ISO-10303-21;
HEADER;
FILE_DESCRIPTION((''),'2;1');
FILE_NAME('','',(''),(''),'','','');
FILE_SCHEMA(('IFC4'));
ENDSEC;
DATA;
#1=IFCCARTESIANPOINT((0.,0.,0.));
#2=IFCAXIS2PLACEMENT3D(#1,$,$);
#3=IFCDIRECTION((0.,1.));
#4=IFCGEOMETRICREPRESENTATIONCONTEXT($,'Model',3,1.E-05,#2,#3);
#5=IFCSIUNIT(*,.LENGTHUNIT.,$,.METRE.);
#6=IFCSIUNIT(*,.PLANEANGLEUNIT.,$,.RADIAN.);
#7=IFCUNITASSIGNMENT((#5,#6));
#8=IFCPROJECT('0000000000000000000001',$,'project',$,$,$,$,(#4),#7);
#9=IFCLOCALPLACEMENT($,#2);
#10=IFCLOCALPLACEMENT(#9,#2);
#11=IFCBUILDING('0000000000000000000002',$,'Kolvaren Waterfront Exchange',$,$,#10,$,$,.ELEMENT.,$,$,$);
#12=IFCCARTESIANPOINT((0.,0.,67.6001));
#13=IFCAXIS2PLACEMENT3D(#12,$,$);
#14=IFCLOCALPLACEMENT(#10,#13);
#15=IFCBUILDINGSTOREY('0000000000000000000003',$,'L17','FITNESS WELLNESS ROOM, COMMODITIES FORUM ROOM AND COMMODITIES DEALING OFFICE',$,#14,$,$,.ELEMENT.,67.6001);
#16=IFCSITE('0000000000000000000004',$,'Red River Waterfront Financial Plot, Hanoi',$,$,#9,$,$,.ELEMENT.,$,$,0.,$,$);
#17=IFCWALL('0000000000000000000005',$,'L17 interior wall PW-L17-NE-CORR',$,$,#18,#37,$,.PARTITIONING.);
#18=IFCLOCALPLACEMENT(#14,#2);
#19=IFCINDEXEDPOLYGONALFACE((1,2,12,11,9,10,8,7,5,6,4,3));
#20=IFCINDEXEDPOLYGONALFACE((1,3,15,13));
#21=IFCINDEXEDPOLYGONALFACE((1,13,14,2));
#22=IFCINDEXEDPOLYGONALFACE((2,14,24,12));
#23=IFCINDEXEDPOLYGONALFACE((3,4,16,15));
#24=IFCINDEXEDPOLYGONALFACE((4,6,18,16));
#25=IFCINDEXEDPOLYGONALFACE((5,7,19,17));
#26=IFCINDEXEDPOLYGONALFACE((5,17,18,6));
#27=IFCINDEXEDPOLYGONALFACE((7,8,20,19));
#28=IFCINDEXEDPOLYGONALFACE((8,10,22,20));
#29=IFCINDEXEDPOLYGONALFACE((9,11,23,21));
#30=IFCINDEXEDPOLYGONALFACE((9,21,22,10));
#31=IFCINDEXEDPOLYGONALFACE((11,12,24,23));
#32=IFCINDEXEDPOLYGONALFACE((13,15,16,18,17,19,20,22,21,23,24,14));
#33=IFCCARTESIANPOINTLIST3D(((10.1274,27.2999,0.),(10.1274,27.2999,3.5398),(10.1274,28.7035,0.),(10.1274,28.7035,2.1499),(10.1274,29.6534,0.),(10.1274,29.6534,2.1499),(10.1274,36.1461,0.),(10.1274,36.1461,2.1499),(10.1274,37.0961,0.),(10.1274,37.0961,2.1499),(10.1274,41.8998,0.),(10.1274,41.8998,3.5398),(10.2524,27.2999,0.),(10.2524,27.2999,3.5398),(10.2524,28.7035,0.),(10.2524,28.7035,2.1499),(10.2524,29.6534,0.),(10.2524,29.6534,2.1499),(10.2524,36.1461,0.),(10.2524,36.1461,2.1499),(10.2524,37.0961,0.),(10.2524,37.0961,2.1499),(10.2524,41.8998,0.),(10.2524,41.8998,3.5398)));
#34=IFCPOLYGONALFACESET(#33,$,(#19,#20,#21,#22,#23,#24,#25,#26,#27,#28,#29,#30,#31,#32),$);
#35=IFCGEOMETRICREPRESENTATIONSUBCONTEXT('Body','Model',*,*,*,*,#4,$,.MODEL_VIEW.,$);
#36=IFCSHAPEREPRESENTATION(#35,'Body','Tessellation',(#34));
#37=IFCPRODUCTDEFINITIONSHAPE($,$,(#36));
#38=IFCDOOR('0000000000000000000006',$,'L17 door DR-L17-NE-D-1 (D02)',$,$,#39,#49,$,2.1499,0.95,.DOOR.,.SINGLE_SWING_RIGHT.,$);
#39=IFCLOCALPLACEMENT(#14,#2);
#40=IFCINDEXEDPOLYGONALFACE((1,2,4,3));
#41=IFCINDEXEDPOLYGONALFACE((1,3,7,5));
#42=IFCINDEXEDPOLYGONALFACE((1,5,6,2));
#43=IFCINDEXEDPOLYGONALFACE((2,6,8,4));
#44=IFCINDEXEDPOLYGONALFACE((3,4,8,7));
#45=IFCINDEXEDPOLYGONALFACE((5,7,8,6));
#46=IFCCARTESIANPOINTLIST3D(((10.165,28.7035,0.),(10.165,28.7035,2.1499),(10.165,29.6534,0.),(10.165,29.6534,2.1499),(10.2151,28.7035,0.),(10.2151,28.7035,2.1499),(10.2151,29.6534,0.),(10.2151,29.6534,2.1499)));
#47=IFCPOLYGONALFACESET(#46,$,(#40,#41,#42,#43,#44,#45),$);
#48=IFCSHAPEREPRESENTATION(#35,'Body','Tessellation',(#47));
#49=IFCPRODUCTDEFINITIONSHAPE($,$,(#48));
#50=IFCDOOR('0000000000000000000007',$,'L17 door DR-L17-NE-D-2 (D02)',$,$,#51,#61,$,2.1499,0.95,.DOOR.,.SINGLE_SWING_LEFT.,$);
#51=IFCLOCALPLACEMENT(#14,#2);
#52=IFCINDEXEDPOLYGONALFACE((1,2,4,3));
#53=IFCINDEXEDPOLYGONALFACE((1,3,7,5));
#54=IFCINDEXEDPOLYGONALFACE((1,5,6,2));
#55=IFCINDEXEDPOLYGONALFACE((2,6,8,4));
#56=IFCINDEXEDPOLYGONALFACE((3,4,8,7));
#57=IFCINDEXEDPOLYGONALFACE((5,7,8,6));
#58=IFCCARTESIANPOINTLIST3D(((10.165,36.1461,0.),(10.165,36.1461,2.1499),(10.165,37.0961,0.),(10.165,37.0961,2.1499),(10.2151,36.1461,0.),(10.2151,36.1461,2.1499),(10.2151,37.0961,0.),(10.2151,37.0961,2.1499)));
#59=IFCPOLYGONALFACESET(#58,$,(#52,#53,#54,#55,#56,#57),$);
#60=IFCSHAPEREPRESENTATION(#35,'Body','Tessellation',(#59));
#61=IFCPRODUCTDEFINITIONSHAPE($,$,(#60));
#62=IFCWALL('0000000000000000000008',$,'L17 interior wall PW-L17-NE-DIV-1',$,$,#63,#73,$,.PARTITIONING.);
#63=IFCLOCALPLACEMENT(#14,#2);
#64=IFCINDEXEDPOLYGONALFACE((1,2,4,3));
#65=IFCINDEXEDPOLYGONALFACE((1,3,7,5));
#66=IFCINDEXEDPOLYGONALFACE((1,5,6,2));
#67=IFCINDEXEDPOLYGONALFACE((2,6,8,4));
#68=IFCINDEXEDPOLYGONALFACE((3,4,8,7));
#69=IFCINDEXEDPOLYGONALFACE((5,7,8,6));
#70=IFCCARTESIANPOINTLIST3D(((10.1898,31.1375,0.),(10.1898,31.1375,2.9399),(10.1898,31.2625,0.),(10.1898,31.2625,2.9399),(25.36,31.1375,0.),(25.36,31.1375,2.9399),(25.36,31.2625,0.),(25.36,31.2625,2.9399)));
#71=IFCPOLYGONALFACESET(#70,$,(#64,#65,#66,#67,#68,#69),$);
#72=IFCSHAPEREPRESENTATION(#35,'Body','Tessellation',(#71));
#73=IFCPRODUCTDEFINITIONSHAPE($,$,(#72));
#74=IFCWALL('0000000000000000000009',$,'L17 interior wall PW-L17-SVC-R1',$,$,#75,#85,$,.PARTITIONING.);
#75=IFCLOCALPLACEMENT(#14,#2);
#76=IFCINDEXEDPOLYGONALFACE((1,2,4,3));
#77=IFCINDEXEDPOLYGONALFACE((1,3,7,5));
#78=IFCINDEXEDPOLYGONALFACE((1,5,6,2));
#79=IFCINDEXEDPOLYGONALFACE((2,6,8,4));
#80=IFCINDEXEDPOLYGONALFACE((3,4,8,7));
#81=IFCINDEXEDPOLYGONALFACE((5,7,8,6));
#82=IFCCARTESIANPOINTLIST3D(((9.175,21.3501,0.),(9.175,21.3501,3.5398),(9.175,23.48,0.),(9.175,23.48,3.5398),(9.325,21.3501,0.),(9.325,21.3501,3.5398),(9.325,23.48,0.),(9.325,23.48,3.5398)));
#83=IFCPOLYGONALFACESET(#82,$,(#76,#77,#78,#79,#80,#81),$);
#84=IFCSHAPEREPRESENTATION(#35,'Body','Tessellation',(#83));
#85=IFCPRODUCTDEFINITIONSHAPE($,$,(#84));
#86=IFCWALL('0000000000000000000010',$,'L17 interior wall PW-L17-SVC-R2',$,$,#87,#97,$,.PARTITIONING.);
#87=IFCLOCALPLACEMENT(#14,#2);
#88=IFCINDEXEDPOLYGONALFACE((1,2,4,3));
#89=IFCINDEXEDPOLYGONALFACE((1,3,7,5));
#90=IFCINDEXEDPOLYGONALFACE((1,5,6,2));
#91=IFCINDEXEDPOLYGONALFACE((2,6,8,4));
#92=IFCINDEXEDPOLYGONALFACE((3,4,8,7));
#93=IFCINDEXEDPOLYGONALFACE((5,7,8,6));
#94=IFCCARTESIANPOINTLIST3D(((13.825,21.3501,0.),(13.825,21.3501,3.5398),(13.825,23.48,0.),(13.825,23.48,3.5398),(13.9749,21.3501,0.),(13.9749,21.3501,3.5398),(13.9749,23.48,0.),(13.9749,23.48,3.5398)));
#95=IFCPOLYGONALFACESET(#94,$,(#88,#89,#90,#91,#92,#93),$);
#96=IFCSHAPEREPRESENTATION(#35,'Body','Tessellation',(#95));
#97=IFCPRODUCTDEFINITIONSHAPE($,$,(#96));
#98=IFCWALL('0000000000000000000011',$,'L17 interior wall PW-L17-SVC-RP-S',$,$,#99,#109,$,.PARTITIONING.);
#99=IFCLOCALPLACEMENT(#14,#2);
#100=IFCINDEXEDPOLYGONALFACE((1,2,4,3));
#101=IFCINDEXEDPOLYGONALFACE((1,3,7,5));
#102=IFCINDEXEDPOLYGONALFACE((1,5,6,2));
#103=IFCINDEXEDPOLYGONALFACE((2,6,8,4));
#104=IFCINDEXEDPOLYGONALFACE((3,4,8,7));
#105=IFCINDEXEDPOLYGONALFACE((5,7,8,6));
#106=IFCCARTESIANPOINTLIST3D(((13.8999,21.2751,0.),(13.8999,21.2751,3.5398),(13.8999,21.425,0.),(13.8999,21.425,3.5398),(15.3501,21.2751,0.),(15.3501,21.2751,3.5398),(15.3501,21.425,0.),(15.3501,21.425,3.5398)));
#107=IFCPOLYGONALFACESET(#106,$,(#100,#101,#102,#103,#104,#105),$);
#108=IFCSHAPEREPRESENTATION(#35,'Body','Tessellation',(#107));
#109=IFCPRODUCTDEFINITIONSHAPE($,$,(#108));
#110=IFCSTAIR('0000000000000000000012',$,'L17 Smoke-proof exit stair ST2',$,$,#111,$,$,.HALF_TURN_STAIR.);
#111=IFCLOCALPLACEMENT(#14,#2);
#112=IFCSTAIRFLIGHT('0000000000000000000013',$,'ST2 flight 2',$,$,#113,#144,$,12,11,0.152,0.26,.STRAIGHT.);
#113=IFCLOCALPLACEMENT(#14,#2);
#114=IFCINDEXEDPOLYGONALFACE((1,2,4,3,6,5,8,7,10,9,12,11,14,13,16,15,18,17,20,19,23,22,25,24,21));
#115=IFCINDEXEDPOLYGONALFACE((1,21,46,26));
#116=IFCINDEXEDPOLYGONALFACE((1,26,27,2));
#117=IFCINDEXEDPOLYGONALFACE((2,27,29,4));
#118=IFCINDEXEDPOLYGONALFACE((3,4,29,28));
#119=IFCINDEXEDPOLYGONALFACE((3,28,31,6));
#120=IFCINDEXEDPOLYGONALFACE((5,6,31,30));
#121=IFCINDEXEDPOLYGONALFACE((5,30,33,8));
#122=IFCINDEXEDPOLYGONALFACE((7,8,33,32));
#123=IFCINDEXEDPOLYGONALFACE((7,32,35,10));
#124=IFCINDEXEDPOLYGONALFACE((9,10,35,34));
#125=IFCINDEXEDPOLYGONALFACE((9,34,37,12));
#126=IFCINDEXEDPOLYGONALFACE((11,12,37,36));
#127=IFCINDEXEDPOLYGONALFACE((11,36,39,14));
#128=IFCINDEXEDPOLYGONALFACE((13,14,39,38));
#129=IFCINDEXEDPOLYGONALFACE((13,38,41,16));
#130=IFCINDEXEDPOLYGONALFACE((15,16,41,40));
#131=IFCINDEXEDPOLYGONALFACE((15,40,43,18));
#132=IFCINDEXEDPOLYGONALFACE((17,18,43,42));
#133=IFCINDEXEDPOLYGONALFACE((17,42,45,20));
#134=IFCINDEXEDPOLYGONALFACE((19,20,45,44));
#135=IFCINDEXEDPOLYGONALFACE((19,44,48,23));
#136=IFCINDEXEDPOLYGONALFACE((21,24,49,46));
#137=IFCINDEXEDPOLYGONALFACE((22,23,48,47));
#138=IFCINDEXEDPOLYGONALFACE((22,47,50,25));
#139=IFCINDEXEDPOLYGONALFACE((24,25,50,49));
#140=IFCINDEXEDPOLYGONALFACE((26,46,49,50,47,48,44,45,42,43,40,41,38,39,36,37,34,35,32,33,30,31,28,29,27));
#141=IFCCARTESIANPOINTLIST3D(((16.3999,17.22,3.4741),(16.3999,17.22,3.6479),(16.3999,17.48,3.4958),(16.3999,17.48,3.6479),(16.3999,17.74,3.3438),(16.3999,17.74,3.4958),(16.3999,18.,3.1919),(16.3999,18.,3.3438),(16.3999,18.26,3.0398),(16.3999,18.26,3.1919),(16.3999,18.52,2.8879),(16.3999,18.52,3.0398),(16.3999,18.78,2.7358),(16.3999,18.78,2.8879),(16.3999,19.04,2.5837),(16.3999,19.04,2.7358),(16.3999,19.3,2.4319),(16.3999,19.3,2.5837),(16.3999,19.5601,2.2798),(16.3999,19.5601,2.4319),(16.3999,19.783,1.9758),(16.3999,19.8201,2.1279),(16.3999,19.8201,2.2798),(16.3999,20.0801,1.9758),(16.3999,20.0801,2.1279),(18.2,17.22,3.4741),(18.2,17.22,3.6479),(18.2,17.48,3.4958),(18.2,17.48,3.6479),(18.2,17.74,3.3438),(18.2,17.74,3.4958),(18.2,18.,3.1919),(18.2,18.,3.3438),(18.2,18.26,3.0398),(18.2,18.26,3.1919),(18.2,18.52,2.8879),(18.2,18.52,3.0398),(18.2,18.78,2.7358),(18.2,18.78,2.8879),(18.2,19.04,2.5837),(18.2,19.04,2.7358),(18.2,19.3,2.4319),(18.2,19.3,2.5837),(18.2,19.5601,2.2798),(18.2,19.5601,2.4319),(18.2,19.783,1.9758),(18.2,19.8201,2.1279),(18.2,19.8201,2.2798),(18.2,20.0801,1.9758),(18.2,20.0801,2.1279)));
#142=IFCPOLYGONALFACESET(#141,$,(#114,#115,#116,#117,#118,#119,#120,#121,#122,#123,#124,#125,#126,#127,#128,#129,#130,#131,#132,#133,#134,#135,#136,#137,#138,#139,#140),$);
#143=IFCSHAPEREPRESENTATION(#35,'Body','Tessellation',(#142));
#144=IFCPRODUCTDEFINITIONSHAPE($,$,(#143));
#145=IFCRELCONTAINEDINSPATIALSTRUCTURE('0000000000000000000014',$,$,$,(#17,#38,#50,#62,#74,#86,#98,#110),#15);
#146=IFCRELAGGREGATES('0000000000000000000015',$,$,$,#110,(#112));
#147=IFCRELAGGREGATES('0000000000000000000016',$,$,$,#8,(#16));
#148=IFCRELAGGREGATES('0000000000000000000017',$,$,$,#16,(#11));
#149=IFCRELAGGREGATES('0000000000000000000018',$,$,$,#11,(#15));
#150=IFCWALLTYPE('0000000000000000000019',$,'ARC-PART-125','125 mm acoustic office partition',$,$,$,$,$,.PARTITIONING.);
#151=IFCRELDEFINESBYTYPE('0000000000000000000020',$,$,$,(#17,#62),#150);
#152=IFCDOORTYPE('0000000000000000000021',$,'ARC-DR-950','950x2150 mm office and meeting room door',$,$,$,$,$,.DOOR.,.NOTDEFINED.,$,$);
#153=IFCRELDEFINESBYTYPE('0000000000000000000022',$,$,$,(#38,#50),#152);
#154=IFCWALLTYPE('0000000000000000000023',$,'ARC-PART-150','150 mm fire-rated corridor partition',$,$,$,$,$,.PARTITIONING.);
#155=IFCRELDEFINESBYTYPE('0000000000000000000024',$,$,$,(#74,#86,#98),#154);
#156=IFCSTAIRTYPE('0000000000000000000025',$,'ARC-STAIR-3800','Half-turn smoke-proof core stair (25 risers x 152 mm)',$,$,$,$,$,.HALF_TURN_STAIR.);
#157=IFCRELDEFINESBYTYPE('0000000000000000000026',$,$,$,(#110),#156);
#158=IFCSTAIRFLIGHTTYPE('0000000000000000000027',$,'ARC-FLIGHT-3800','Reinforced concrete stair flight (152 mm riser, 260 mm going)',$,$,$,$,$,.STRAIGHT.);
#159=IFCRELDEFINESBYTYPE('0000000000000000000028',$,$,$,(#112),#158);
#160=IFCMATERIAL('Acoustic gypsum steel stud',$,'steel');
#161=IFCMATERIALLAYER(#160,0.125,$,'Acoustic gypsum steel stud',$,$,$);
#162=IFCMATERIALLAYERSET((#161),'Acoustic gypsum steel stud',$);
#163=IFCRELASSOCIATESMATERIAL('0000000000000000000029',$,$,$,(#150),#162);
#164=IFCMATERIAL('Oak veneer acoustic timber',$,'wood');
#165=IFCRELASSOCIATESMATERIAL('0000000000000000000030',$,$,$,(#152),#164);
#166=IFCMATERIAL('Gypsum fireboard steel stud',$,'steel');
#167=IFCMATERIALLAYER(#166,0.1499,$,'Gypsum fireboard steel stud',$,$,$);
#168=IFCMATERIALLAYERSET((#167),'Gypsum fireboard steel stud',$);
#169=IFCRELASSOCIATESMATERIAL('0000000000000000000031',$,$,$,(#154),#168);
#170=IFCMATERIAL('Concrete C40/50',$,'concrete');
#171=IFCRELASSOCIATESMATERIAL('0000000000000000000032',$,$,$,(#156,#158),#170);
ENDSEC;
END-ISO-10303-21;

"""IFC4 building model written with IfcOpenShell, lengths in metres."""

from ifc_helpers import new_model, si_unit, direction, frame, frame_2d, origin, place, context, subcontext, project, spatial, polyline, rectangle, outline, extrude, material, layer, layer_set, type_object, element, fill, aggregate, save


model = new_model("IFC4")

# Units and contexts
model_context = context("Model", 3, precision=1e-05, world=origin(), true_north=direction((0.0, 1.0)))
body_context = subcontext(model_context, "Body", "Model", "MODEL_VIEW")
ifc_project = project(units=[si_unit("LENGTHUNIT", "METRE"), si_unit("PLANEANGLEUNIT", "RADIAN")], contexts=[model_context])

# Site, building, storey
site_placement = place(None, origin())
site = spatial("IfcSite", under=ifc_project, at=site_placement, Name="Red River Waterfront Financial Plot, Hanoi", CompositionType="ELEMENT", RefElevation=0.0)
building_placement = place(site_placement, origin())
building = spatial("IfcBuilding", under=site, at=building_placement, Name="Kolvaren Waterfront Exchange", CompositionType="ELEMENT")
storey_placement = place(building_placement, frame((0.0, 0.0, 67.6001)))
storey = spatial("IfcBuildingStorey", under=building, at=storey_placement, Name="L17", Description="FITNESS WELLNESS ROOM, COMMODITIES FORUM ROOM AND COMMODITIES DEALING OFFICE", CompositionType="ELEMENT", Elevation=67.6001)

# Shared definitions
ifc_material_1 = material(Name="Acoustic gypsum steel stud", Category="steel")
ifc_layer_1 = layer(ifc_material_1, 0.125, Name="Acoustic gypsum steel stud")
ifc_layer_set_1 = layer_set([ifc_layer_1], Name="Acoustic gypsum steel stud")
wall_type_1 = type_object("IfcWallType", Name="ARC-PART-125", Description="125 mm acoustic office partition", PredefinedType="PARTITIONING", material=ifc_layer_set_1)

# Shared definitions
ifc_material_2 = material(Name="Oak veneer acoustic timber", Category="wood")
door_type_1 = type_object("IfcDoorType", Name="ARC-DR-950", Description="950x2150 mm office and meeting room door", OperationType="NOTDEFINED", PredefinedType="DOOR", material=ifc_material_2)

# Wall, openings, doors
wall_1_placement = place(storey_placement, frame((10.1899, 27.3, 0.0), z_axis=(0.0, 0.0, 1.0), x_axis=(0.0, 1.0, 0.0)))
wall_1 = element("IfcWall", 1, at=wall_1_placement, inside=storey, type_object=wall_type_1, Name="L17 interior wall PW-L17-NE-CORR", PredefinedType="PARTITIONING", context=body_context, shape_type="SweptSolid", body=[
    extrude(rectangle(XDim=14.5999, YDim=0.125, at=frame_2d((7.2998, 0.0))), origin(), (0.0, 0.0, 1.0), 3.5398),
])
opening_1_placement = place(wall_1_placement, frame((1.4033, 0.0, 0.0)))
opening_1 = element("IfcOpeningElement", 2, at=opening_1_placement, cuts=wall_1, PredefinedType="OPENING", context=body_context, shape_type="SweptSolid", body=[
    extrude(rectangle(XDim=0.95, YDim=2.1499, at=frame_2d((0.4751, 1.075))), frame((0.0, 0.0725, 0.0), z_axis=(0.0, -1.0, 0.0), x_axis=(1.0, 0.0, 0.0)), (0.0, 0.0, 1.0), 0.145),
])
opening_2_placement = place(wall_1_placement, frame((8.8459, 0.0, 0.0)))
opening_2 = element("IfcOpeningElement", 3, at=opening_2_placement, cuts=wall_1, PredefinedType="OPENING", context=body_context, shape_type="SweptSolid", body=[
    extrude(rectangle(XDim=0.95, YDim=2.1499, at=frame_2d((0.4751, 1.075))), frame((0.0, 0.0725, 0.0), z_axis=(0.0, -1.0, 0.0), x_axis=(1.0, 0.0, 0.0)), (0.0, 0.0, 1.0), 0.145),
])
door_1_placement = place(opening_1_placement, origin())
door_1 = element("IfcDoor", 4, at=door_1_placement, inside=storey, type_object=door_type_1, Name="L17 door DR-L17-NE-D-1 (D02)", OperationType="SINGLE_SWING_RIGHT", OverallHeight=2.1499, OverallWidth=0.95, PredefinedType="DOOR", context=body_context, shape_type="SweptSolid", body=[
    extrude(rectangle(XDim=0.95, YDim=2.1499, at=frame_2d((0.4751, 1.075))), frame((0.0, 0.0249, 0.0), z_axis=(0.0, -1.0, 0.0), x_axis=(1.0, 0.0, 0.0)), (0.0, 0.0, 1.0), 0.05),
])
fill(opening_1, door_1)
door_2_placement = place(opening_2_placement, origin())
door_2 = element("IfcDoor", 5, at=door_2_placement, inside=storey, type_object=door_type_1, Name="L17 door DR-L17-NE-D-2 (D02)", OperationType="SINGLE_SWING_LEFT", OverallHeight=2.1499, OverallWidth=0.95, PredefinedType="DOOR", context=body_context, shape_type="SweptSolid", body=[
    extrude(rectangle(XDim=0.95, YDim=2.1499, at=frame_2d((0.4751, 1.075))), frame((0.0, 0.0249, 0.0), z_axis=(0.0, -1.0, 0.0), x_axis=(1.0, 0.0, 0.0)), (0.0, 0.0, 1.0), 0.05),
])
fill(opening_2, door_2)

# Walls
wall_2_placement = place(storey_placement, frame((10.1899, 31.2, 0.0), z_axis=(0.0, 0.0, 1.0), x_axis=(1.0, 0.0, 0.0)))
element("IfcWall", 6, at=wall_2_placement, inside=storey, type_object=wall_type_1, Name="L17 interior wall PW-L17-NE-DIV-1", PredefinedType="PARTITIONING", context=body_context, shape_type="SweptSolid", body=[
    extrude(rectangle(XDim=15.1702, YDim=0.125, at=frame_2d((7.585, 0.0))), origin(), (0.0, 0.0, 1.0), 2.9399),
])
ifc_material_3 = material(Name="Gypsum fireboard steel stud", Category="steel")
ifc_layer_2 = layer(ifc_material_3, 0.1499, Name="Gypsum fireboard steel stud")
ifc_layer_set_2 = layer_set([ifc_layer_2], Name="Gypsum fireboard steel stud")
wall_type_2 = type_object("IfcWallType", Name="ARC-PART-150", Description="150 mm fire-rated corridor partition", PredefinedType="PARTITIONING", material=ifc_layer_set_2)
for number, where, z_axis, x_axis, name in (
    (7, (9.25, 21.3501, 0.0), (0.0, 0.0, 1.0), (0.0, 1.0, 0.0), "L17 interior wall PW-L17-SVC-R1"),
    (8, (13.8999, 21.3501, 0.0), (0.0, 0.0, 1.0), (0.0, 1.0, 0.0), "L17 interior wall PW-L17-SVC-R2"),
):
    element("IfcWall", number, at=place(storey_placement, frame(where, z_axis=z_axis, x_axis=x_axis)), inside=storey, type_object=wall_type_2, Name=name, PredefinedType="PARTITIONING", context=body_context, shape_type="SweptSolid", body=[
        extrude(rectangle(XDim=2.1299, YDim=0.1499, at=frame_2d((1.0649, 0.0))), origin(), (0.0, 0.0, 1.0), 3.5398),
    ])

# Wall
wall_3_placement = place(storey_placement, frame((13.8999, 21.3501, 0.0), z_axis=(0.0, 0.0, 1.0), x_axis=(1.0, 0.0, 0.0)))
element("IfcWall", 9, at=wall_3_placement, inside=storey, type_object=wall_type_2, Name="L17 interior wall PW-L17-SVC-RP-S", PredefinedType="PARTITIONING", context=body_context, shape_type="SweptSolid", body=[
    extrude(rectangle(XDim=1.4502, YDim=0.1499, at=frame_2d((0.7251, 0.0))), origin(), (0.0, 0.0, 1.0), 3.5398),
])

# Stair, stair flight
ifc_material_4 = material(Name="Concrete C40/50", Category="concrete")
stair_type = type_object("IfcStairType", Name="ARC-STAIR-3800", Description="Half-turn smoke-proof core stair (25 risers x 152 mm)", PredefinedType="HALF_TURN_STAIR", material=ifc_material_4)
stair_placement = place(storey_placement, origin())
stair = element("IfcStair", 10, at=stair_placement, inside=storey, type_object=stair_type, Name="L17 Smoke-proof exit stair ST2", PredefinedType="HALF_TURN_STAIR")
stair_flight_type = type_object("IfcStairFlightType", Name="ARC-FLIGHT-3800", Description="Reinforced concrete stair flight (152 mm riser, 260 mm going)", PredefinedType="STRAIGHT", material=ifc_material_4)
stair_flight_placement = place(storey_placement, frame((17.3, 20.0801, 1.9758), z_axis=(0.0, 0.0, 1.0), x_axis=(0.0, -1.0, 0.0)))
stair_flight = element("IfcStairFlight", 11, at=stair_flight_placement, type_object=stair_flight_type, Name="ST2 flight 2", NumberOfRisers=12, NumberOfTreads=11, PredefinedType="STRAIGHT", RiserHeight=0.152, TreadLength=0.26, context=body_context, shape_type="SweptSolid", body=[
    extrude(outline(polyline([(0.0, 0.0), (0.0, 0.1521), (0.26, 0.1521), (0.26, 0.304), (0.52, 0.304), (0.52, 0.4561), (0.78, 0.4561), (0.78, 0.6079), (1.04, 0.6079), (1.04, 0.76), (1.3, 0.76), (1.3, 0.9121), (1.5601, 0.9121), (1.5601, 1.064), (1.8201, 1.064), (1.8201, 1.2161), (2.0801, 1.2161), (2.0801, 1.3679), (2.3401, 1.3679), (2.3401, 1.52), (2.6001, 1.52), (2.6001, 1.6721), (2.8601, 1.6721), (2.8601, 1.824), (2.8601, 1.4983), (0.2971, 0.0), (0.0, 0.0)])), frame((0.0, 0.8999, 0.0), z_axis=(0.0, -1.0, 0.0), x_axis=(1.0, 0.0, 0.0)), (0.0, 0.0, 1.0), 1.8),
])
aggregate(stair, [stair_flight])

save(model, "model.ifc")
